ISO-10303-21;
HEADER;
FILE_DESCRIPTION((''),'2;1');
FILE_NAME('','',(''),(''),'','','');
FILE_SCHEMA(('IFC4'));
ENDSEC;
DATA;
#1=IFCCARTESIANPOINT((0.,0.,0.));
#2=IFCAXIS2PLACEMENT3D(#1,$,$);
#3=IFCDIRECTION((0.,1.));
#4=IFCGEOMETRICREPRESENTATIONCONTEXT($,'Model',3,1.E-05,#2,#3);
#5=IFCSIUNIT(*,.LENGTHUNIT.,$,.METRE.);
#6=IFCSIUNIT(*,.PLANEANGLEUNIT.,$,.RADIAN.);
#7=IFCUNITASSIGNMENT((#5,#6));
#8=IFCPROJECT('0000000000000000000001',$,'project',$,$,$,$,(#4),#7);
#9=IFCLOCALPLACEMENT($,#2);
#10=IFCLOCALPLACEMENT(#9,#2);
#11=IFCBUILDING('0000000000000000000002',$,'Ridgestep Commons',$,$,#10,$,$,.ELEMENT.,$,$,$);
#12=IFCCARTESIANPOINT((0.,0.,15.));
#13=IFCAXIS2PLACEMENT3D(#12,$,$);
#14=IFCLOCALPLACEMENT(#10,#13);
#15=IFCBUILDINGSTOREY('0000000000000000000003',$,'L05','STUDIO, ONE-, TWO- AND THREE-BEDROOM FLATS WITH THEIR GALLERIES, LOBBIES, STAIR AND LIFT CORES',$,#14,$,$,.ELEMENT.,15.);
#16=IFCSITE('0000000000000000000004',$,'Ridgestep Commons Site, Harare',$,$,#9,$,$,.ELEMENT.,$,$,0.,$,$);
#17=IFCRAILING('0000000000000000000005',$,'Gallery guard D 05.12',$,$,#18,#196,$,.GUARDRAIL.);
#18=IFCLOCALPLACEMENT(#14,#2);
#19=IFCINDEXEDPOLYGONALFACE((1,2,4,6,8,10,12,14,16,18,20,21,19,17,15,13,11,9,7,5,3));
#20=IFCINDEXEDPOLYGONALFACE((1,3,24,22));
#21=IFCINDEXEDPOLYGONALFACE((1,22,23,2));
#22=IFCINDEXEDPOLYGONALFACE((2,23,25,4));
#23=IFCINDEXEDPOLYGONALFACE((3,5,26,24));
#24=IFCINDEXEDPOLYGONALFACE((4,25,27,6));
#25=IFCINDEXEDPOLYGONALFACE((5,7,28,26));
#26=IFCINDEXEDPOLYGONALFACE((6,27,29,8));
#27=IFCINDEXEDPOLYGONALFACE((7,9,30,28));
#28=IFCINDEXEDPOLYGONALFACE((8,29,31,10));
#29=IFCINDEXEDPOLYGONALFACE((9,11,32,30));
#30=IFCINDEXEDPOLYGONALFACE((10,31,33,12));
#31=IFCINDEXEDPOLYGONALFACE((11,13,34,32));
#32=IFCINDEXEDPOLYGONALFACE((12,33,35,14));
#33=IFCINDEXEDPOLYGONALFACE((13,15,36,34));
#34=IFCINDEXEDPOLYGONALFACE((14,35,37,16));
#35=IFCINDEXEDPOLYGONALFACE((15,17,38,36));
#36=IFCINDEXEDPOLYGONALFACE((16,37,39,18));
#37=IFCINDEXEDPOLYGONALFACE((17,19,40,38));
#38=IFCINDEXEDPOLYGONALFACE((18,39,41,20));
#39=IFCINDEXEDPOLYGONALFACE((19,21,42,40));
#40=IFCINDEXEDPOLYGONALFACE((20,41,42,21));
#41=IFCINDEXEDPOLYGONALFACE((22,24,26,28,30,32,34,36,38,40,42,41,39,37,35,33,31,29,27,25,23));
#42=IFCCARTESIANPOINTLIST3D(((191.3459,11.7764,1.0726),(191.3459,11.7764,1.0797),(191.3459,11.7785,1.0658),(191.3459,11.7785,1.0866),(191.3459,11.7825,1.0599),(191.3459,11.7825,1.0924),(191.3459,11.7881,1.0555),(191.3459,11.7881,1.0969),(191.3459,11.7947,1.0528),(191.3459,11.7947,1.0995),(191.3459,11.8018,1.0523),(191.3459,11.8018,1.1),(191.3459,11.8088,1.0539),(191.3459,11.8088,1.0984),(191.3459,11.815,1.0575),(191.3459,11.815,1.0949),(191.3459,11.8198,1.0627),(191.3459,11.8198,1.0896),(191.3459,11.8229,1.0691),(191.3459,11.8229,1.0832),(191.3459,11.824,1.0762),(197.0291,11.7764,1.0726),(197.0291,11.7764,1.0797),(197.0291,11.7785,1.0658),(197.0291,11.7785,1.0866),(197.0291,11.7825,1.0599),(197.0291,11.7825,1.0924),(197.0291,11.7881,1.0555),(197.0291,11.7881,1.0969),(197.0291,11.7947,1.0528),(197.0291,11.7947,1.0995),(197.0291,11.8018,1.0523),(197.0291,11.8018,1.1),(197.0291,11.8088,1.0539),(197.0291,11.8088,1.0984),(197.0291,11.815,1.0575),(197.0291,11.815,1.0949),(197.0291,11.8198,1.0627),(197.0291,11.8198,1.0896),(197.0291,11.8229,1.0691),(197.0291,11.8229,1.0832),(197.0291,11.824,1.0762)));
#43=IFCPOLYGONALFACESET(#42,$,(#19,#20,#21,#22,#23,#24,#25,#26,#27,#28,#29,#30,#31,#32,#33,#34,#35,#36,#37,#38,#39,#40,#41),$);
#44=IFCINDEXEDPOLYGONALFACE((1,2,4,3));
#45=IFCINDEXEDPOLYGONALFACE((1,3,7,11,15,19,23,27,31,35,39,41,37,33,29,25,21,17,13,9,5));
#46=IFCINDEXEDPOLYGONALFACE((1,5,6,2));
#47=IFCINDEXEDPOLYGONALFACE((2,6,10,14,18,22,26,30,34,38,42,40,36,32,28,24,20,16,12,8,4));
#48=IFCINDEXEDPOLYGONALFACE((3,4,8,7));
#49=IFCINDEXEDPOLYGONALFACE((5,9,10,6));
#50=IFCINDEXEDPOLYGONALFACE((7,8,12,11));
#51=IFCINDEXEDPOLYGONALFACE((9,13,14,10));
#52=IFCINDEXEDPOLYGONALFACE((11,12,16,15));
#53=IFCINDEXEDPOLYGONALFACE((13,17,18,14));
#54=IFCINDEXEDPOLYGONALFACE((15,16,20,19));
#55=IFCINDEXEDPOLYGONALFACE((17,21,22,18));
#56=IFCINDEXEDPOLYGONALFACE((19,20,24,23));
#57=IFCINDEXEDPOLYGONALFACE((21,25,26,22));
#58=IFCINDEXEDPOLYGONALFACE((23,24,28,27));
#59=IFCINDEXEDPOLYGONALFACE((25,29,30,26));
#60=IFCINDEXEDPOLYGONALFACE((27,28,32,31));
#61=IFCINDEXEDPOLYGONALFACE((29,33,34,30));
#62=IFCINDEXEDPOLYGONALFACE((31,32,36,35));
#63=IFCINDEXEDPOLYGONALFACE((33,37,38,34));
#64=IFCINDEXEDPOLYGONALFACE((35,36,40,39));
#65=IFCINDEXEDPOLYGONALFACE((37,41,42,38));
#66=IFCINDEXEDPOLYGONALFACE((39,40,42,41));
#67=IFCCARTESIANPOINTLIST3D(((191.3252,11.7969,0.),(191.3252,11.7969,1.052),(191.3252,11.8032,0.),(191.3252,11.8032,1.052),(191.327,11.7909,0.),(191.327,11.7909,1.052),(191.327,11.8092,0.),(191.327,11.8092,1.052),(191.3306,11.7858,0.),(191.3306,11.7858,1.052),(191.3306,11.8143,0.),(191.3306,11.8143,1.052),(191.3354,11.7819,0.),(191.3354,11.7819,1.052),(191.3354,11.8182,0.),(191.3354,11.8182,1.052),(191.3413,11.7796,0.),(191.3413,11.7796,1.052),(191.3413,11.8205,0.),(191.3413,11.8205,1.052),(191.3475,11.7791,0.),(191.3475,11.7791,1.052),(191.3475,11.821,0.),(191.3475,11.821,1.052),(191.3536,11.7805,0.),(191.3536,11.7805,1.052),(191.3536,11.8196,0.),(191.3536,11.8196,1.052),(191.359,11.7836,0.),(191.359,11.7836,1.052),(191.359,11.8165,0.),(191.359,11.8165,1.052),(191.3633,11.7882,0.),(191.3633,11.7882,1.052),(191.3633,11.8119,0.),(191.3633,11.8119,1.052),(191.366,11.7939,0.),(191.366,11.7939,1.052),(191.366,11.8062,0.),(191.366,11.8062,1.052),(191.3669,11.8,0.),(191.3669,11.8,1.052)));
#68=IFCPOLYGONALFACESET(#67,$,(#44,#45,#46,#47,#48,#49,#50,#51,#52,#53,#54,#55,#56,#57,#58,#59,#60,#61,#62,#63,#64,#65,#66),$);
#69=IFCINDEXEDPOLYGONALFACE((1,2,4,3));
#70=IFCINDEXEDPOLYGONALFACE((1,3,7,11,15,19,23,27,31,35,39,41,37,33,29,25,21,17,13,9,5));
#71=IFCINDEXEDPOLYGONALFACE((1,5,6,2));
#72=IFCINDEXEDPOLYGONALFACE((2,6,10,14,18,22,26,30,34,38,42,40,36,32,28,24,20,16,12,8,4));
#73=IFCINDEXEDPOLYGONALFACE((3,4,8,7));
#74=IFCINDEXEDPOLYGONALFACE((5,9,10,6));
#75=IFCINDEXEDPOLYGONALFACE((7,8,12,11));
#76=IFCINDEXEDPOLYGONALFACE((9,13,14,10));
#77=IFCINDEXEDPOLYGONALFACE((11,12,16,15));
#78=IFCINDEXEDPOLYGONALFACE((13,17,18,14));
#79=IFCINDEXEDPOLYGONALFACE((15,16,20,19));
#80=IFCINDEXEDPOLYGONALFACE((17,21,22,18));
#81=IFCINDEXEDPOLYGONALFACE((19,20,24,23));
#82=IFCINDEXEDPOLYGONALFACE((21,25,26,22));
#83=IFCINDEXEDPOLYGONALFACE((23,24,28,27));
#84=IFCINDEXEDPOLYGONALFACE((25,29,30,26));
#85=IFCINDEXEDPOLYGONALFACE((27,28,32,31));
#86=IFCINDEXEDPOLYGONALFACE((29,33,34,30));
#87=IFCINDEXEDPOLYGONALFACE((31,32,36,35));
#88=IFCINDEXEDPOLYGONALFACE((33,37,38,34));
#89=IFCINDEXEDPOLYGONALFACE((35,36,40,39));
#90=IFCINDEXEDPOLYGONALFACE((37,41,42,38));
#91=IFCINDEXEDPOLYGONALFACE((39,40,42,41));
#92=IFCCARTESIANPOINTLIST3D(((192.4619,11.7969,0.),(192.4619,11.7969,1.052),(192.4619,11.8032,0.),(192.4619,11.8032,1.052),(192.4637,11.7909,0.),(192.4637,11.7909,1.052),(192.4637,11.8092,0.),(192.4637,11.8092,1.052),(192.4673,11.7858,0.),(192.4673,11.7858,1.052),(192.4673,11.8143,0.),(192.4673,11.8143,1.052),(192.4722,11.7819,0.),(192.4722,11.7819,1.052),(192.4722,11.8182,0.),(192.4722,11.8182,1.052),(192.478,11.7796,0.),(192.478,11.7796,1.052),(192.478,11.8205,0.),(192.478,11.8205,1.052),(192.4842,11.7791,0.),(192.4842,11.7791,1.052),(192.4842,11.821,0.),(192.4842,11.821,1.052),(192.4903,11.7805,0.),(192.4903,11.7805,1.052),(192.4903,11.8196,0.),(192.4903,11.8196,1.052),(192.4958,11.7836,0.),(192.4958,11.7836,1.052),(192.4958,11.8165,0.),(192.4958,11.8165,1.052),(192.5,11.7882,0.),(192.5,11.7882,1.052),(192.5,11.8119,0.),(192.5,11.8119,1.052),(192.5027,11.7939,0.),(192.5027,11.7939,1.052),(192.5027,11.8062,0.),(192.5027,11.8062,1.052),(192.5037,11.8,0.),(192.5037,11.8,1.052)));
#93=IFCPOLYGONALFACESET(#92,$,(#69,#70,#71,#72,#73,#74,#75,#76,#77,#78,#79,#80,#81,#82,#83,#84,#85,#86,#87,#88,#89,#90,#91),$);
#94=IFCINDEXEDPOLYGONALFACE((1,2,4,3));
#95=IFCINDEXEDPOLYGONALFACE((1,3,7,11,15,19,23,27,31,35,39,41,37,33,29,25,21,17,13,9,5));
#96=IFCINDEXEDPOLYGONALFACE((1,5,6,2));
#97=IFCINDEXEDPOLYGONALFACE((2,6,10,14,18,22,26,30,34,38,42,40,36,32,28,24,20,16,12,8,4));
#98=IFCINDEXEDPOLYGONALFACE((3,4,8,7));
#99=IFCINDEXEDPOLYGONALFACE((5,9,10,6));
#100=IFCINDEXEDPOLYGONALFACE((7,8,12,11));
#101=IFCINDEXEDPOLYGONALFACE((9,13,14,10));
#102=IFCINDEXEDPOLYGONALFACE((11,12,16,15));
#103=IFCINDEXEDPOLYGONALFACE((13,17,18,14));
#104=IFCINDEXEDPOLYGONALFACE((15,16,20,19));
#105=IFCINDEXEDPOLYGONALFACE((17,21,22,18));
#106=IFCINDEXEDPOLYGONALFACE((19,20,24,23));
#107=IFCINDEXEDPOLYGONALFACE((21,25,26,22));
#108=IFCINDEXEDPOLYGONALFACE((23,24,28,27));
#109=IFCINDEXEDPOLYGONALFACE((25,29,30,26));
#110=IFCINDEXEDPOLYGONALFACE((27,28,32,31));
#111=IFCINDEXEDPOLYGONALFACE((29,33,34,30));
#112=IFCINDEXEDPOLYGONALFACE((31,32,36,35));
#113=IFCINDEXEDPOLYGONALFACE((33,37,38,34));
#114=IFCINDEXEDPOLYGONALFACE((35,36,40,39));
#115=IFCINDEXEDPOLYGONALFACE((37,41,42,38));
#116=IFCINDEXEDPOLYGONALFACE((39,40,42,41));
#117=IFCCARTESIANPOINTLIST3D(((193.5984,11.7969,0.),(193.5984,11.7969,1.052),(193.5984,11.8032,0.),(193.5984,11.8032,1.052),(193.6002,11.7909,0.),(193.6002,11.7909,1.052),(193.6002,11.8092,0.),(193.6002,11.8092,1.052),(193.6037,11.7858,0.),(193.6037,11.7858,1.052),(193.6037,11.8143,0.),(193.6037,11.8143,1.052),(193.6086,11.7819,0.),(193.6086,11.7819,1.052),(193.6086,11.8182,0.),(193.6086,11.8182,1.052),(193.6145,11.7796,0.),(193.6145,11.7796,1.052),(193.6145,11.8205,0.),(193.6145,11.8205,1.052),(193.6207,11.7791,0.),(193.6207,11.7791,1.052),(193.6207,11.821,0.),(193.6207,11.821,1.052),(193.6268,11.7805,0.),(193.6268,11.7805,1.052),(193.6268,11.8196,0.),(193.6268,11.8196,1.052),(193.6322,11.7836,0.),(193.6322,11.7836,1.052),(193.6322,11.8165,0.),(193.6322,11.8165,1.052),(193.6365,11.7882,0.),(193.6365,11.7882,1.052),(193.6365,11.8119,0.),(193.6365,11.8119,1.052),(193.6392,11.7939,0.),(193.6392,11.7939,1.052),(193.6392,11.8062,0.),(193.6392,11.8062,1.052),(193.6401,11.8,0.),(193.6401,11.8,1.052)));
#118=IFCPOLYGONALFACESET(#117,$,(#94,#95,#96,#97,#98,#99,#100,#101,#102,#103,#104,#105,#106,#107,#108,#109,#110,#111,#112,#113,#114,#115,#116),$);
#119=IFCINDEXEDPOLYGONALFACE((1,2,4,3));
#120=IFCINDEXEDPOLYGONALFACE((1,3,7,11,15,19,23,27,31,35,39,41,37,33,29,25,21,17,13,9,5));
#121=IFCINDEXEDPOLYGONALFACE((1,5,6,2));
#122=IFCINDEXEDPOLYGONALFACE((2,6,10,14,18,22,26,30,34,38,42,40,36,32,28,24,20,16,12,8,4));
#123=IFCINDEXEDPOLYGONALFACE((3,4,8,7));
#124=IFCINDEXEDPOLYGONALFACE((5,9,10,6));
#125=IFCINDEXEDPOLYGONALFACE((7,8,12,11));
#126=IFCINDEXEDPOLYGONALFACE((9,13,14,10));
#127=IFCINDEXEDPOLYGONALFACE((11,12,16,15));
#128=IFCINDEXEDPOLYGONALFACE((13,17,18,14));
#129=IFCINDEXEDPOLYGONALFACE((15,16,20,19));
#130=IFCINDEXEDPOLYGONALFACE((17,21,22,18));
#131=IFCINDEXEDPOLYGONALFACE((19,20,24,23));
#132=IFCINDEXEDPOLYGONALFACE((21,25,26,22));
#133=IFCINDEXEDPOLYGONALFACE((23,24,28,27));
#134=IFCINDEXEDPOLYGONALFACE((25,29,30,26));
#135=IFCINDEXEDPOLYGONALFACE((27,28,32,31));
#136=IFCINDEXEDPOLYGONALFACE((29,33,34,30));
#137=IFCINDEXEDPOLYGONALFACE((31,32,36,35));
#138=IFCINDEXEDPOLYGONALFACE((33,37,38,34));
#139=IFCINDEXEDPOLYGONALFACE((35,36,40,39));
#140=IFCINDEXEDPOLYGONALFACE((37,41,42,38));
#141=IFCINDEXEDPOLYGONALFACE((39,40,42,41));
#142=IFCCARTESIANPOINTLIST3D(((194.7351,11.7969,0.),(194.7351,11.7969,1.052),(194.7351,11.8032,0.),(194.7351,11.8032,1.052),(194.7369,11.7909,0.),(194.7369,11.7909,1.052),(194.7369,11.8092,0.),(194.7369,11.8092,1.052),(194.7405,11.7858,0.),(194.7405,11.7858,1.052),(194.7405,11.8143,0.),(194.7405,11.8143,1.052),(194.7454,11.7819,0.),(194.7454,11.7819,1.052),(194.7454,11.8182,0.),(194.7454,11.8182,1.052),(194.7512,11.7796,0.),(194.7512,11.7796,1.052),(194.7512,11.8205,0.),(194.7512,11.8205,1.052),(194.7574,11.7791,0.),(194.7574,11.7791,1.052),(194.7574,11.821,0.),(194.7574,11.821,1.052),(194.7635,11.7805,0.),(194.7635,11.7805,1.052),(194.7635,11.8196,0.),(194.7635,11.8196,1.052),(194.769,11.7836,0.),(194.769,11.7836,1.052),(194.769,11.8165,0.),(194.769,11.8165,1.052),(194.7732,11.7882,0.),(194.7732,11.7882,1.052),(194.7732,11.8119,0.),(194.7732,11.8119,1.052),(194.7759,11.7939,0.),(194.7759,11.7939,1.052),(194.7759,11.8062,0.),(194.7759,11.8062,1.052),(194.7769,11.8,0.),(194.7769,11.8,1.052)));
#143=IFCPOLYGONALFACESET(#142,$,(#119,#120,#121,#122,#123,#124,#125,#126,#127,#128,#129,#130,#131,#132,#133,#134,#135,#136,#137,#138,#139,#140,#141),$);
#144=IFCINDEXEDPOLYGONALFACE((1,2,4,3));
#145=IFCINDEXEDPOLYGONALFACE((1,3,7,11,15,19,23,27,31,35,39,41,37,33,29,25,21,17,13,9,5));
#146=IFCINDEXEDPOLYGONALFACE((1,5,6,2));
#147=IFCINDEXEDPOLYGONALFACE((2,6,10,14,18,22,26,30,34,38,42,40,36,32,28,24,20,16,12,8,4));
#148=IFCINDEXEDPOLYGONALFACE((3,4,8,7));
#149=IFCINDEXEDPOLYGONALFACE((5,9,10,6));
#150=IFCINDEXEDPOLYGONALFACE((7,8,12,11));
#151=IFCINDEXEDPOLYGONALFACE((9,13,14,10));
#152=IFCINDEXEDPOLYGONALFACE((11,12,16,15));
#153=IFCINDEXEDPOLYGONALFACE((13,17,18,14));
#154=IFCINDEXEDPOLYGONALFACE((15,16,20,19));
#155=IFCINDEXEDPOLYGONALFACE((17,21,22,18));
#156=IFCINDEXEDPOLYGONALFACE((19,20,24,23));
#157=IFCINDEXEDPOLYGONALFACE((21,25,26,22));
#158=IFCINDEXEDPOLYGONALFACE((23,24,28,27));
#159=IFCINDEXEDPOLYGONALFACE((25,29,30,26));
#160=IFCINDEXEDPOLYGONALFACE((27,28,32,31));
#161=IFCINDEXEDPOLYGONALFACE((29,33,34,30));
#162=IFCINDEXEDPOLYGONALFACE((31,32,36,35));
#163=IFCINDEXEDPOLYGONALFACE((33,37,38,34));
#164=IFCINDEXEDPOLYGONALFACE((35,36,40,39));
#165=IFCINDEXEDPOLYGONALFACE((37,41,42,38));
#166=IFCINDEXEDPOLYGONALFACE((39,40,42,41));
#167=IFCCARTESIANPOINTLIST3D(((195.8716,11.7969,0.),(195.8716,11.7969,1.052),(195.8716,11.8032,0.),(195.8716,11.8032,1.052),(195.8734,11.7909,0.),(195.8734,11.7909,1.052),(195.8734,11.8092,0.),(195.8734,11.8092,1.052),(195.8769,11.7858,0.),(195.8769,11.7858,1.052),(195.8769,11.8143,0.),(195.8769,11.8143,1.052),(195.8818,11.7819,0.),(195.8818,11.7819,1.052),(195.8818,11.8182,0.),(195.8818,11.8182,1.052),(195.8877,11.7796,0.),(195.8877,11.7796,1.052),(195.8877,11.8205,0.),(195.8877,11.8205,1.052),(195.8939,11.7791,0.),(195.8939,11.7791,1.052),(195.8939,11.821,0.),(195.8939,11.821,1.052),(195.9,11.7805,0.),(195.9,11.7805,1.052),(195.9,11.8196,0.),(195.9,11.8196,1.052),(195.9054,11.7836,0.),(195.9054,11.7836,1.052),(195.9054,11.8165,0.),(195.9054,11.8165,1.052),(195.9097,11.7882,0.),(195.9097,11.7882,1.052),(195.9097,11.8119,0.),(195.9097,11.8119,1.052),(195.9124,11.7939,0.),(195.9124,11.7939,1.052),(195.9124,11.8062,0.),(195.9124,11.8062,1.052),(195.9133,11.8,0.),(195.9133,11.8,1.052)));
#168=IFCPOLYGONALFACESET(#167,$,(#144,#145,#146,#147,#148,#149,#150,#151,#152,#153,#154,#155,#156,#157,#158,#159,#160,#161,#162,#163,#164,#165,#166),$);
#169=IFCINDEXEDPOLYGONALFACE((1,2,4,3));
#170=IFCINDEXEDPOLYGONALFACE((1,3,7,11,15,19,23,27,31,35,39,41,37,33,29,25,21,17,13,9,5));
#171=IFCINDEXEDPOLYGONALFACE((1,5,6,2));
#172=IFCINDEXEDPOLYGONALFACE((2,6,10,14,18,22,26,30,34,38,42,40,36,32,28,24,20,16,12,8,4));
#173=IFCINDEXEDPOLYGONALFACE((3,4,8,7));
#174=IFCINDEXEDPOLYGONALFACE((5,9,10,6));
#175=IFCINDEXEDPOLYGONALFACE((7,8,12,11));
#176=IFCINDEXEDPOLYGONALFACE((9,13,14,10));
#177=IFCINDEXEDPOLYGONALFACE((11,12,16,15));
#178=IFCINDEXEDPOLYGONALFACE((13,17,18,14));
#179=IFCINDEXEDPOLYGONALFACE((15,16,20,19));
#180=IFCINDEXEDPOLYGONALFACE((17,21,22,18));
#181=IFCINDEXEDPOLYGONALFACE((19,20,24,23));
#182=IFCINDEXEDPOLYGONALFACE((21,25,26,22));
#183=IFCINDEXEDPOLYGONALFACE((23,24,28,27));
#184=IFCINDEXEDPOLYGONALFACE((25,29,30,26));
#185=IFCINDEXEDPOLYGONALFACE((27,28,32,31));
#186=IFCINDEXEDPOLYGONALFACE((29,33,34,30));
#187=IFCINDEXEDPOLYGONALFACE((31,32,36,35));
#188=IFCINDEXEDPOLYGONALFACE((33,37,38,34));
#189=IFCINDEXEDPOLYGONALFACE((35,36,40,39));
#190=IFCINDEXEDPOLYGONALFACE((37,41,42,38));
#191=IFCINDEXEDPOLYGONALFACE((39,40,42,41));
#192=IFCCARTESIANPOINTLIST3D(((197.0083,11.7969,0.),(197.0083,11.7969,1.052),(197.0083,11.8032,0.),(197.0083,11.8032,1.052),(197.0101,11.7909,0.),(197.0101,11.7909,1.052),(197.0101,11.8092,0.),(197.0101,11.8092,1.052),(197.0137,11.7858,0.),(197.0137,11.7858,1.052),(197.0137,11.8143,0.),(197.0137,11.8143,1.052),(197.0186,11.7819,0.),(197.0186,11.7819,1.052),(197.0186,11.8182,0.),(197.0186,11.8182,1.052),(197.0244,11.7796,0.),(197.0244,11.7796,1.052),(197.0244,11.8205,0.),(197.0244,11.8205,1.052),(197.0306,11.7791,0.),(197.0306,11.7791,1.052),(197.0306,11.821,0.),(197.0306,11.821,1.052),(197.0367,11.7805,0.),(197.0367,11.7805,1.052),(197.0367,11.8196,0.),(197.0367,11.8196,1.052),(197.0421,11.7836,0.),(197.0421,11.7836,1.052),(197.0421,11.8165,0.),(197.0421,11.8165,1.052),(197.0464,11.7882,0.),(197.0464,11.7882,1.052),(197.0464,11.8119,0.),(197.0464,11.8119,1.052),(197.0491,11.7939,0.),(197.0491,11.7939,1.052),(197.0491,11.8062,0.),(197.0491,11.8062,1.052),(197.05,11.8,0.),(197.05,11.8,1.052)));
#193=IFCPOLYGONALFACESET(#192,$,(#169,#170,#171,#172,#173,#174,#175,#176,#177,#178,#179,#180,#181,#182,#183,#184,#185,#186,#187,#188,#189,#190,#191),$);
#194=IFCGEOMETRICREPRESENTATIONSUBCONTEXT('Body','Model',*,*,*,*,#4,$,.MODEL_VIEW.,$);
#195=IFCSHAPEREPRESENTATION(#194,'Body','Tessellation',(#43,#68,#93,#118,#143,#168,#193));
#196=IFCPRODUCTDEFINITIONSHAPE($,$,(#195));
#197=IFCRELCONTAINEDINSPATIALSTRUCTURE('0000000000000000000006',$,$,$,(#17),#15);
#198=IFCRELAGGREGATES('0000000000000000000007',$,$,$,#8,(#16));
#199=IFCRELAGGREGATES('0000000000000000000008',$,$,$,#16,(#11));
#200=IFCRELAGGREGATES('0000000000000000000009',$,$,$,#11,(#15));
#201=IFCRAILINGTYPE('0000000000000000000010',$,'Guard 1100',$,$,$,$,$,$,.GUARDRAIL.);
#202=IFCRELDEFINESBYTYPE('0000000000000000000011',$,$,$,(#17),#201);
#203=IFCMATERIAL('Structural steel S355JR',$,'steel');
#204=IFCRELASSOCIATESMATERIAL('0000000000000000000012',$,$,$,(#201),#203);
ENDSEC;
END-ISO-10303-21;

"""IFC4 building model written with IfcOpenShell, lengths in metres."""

from ifc_helpers import new_model, si_unit, direction, frame, origin, origin_2d, place, context, subcontext, project, spatial, circle, extrude, material, type_object, element, save


model = new_model("IFC4")

# Units and contexts
model_context = context("Model", 3, precision=1e-05, world=origin(), true_north=direction((0.0, 1.0)))
body_context = subcontext(model_context, "Body", "Model", "MODEL_VIEW")
ifc_project = project(units=[si_unit("LENGTHUNIT", "METRE"), si_unit("PLANEANGLEUNIT", "RADIAN")], contexts=[model_context])

# Site, building, storey
site_placement = place(None, origin())
site = spatial("IfcSite", under=ifc_project, at=site_placement, Name="Ridgestep Commons Site, Harare", CompositionType="ELEMENT", RefElevation=0.0)
building_placement = place(site_placement, origin())
building = spatial("IfcBuilding", under=site, at=building_placement, Name="Ridgestep Commons", CompositionType="ELEMENT")
storey_placement = place(building_placement, frame((0.0, 0.0, 15.0)))
storey = spatial("IfcBuildingStorey", under=building, at=storey_placement, Name="L05", Description="STUDIO, ONE-, TWO- AND THREE-BEDROOM FLATS WITH THEIR GALLERIES, LOBBIES, STAIR AND LIFT CORES", CompositionType="ELEMENT", Elevation=15.0)

# Railing
ifc_material_1 = material(Name="Structural steel S355JR", Category="steel")
railing_type_1 = type_object("IfcRailingType", Name="Guard 1100", PredefinedType="GUARDRAIL", material=ifc_material_1)
railing_1_placement = place(storey_placement, frame((191.3459, 11.8, 0.0)))
element("IfcRailing", 1, at=railing_1_placement, inside=storey, type_object=railing_type_1, Name="Gallery guard D 05.12", PredefinedType="GUARDRAIL", context=body_context, shape_type="SweptSolid", body=[
    extrude(circle(Radius=0.0239, at=origin_2d()), frame((0.0, 0.0, 1.0762), z_axis=(1.0, 0.0, 0.0), x_axis=(0.0, 1.0, 0.0)), (0.0, 0.0, 1.0), 5.6831),
    extrude(circle(Radius=0.021, at=origin_2d()), origin(), (0.0, 0.0, 1.0), 1.052),
    extrude(circle(Radius=0.021, at=origin_2d()), frame((1.1367, 0.0, 0.0)), (0.0, 0.0, 1.0), 1.052),
    extrude(circle(Radius=0.021, at=origin_2d()), frame((2.2732, 0.0, 0.0)), (0.0, 0.0, 1.0), 1.052),
    extrude(circle(Radius=0.021, at=origin_2d()), frame((3.4099, 0.0, 0.0)), (0.0, 0.0, 1.0), 1.052),
    extrude(circle(Radius=0.021, at=origin_2d()), frame((4.5464, 0.0, 0.0)), (0.0, 0.0, 1.0), 1.052),
    extrude(circle(Radius=0.021, at=origin_2d()), frame((5.6831, 0.0, 0.0)), (0.0, 0.0, 1.0), 1.052),
])

save(model, "model.ifc")
